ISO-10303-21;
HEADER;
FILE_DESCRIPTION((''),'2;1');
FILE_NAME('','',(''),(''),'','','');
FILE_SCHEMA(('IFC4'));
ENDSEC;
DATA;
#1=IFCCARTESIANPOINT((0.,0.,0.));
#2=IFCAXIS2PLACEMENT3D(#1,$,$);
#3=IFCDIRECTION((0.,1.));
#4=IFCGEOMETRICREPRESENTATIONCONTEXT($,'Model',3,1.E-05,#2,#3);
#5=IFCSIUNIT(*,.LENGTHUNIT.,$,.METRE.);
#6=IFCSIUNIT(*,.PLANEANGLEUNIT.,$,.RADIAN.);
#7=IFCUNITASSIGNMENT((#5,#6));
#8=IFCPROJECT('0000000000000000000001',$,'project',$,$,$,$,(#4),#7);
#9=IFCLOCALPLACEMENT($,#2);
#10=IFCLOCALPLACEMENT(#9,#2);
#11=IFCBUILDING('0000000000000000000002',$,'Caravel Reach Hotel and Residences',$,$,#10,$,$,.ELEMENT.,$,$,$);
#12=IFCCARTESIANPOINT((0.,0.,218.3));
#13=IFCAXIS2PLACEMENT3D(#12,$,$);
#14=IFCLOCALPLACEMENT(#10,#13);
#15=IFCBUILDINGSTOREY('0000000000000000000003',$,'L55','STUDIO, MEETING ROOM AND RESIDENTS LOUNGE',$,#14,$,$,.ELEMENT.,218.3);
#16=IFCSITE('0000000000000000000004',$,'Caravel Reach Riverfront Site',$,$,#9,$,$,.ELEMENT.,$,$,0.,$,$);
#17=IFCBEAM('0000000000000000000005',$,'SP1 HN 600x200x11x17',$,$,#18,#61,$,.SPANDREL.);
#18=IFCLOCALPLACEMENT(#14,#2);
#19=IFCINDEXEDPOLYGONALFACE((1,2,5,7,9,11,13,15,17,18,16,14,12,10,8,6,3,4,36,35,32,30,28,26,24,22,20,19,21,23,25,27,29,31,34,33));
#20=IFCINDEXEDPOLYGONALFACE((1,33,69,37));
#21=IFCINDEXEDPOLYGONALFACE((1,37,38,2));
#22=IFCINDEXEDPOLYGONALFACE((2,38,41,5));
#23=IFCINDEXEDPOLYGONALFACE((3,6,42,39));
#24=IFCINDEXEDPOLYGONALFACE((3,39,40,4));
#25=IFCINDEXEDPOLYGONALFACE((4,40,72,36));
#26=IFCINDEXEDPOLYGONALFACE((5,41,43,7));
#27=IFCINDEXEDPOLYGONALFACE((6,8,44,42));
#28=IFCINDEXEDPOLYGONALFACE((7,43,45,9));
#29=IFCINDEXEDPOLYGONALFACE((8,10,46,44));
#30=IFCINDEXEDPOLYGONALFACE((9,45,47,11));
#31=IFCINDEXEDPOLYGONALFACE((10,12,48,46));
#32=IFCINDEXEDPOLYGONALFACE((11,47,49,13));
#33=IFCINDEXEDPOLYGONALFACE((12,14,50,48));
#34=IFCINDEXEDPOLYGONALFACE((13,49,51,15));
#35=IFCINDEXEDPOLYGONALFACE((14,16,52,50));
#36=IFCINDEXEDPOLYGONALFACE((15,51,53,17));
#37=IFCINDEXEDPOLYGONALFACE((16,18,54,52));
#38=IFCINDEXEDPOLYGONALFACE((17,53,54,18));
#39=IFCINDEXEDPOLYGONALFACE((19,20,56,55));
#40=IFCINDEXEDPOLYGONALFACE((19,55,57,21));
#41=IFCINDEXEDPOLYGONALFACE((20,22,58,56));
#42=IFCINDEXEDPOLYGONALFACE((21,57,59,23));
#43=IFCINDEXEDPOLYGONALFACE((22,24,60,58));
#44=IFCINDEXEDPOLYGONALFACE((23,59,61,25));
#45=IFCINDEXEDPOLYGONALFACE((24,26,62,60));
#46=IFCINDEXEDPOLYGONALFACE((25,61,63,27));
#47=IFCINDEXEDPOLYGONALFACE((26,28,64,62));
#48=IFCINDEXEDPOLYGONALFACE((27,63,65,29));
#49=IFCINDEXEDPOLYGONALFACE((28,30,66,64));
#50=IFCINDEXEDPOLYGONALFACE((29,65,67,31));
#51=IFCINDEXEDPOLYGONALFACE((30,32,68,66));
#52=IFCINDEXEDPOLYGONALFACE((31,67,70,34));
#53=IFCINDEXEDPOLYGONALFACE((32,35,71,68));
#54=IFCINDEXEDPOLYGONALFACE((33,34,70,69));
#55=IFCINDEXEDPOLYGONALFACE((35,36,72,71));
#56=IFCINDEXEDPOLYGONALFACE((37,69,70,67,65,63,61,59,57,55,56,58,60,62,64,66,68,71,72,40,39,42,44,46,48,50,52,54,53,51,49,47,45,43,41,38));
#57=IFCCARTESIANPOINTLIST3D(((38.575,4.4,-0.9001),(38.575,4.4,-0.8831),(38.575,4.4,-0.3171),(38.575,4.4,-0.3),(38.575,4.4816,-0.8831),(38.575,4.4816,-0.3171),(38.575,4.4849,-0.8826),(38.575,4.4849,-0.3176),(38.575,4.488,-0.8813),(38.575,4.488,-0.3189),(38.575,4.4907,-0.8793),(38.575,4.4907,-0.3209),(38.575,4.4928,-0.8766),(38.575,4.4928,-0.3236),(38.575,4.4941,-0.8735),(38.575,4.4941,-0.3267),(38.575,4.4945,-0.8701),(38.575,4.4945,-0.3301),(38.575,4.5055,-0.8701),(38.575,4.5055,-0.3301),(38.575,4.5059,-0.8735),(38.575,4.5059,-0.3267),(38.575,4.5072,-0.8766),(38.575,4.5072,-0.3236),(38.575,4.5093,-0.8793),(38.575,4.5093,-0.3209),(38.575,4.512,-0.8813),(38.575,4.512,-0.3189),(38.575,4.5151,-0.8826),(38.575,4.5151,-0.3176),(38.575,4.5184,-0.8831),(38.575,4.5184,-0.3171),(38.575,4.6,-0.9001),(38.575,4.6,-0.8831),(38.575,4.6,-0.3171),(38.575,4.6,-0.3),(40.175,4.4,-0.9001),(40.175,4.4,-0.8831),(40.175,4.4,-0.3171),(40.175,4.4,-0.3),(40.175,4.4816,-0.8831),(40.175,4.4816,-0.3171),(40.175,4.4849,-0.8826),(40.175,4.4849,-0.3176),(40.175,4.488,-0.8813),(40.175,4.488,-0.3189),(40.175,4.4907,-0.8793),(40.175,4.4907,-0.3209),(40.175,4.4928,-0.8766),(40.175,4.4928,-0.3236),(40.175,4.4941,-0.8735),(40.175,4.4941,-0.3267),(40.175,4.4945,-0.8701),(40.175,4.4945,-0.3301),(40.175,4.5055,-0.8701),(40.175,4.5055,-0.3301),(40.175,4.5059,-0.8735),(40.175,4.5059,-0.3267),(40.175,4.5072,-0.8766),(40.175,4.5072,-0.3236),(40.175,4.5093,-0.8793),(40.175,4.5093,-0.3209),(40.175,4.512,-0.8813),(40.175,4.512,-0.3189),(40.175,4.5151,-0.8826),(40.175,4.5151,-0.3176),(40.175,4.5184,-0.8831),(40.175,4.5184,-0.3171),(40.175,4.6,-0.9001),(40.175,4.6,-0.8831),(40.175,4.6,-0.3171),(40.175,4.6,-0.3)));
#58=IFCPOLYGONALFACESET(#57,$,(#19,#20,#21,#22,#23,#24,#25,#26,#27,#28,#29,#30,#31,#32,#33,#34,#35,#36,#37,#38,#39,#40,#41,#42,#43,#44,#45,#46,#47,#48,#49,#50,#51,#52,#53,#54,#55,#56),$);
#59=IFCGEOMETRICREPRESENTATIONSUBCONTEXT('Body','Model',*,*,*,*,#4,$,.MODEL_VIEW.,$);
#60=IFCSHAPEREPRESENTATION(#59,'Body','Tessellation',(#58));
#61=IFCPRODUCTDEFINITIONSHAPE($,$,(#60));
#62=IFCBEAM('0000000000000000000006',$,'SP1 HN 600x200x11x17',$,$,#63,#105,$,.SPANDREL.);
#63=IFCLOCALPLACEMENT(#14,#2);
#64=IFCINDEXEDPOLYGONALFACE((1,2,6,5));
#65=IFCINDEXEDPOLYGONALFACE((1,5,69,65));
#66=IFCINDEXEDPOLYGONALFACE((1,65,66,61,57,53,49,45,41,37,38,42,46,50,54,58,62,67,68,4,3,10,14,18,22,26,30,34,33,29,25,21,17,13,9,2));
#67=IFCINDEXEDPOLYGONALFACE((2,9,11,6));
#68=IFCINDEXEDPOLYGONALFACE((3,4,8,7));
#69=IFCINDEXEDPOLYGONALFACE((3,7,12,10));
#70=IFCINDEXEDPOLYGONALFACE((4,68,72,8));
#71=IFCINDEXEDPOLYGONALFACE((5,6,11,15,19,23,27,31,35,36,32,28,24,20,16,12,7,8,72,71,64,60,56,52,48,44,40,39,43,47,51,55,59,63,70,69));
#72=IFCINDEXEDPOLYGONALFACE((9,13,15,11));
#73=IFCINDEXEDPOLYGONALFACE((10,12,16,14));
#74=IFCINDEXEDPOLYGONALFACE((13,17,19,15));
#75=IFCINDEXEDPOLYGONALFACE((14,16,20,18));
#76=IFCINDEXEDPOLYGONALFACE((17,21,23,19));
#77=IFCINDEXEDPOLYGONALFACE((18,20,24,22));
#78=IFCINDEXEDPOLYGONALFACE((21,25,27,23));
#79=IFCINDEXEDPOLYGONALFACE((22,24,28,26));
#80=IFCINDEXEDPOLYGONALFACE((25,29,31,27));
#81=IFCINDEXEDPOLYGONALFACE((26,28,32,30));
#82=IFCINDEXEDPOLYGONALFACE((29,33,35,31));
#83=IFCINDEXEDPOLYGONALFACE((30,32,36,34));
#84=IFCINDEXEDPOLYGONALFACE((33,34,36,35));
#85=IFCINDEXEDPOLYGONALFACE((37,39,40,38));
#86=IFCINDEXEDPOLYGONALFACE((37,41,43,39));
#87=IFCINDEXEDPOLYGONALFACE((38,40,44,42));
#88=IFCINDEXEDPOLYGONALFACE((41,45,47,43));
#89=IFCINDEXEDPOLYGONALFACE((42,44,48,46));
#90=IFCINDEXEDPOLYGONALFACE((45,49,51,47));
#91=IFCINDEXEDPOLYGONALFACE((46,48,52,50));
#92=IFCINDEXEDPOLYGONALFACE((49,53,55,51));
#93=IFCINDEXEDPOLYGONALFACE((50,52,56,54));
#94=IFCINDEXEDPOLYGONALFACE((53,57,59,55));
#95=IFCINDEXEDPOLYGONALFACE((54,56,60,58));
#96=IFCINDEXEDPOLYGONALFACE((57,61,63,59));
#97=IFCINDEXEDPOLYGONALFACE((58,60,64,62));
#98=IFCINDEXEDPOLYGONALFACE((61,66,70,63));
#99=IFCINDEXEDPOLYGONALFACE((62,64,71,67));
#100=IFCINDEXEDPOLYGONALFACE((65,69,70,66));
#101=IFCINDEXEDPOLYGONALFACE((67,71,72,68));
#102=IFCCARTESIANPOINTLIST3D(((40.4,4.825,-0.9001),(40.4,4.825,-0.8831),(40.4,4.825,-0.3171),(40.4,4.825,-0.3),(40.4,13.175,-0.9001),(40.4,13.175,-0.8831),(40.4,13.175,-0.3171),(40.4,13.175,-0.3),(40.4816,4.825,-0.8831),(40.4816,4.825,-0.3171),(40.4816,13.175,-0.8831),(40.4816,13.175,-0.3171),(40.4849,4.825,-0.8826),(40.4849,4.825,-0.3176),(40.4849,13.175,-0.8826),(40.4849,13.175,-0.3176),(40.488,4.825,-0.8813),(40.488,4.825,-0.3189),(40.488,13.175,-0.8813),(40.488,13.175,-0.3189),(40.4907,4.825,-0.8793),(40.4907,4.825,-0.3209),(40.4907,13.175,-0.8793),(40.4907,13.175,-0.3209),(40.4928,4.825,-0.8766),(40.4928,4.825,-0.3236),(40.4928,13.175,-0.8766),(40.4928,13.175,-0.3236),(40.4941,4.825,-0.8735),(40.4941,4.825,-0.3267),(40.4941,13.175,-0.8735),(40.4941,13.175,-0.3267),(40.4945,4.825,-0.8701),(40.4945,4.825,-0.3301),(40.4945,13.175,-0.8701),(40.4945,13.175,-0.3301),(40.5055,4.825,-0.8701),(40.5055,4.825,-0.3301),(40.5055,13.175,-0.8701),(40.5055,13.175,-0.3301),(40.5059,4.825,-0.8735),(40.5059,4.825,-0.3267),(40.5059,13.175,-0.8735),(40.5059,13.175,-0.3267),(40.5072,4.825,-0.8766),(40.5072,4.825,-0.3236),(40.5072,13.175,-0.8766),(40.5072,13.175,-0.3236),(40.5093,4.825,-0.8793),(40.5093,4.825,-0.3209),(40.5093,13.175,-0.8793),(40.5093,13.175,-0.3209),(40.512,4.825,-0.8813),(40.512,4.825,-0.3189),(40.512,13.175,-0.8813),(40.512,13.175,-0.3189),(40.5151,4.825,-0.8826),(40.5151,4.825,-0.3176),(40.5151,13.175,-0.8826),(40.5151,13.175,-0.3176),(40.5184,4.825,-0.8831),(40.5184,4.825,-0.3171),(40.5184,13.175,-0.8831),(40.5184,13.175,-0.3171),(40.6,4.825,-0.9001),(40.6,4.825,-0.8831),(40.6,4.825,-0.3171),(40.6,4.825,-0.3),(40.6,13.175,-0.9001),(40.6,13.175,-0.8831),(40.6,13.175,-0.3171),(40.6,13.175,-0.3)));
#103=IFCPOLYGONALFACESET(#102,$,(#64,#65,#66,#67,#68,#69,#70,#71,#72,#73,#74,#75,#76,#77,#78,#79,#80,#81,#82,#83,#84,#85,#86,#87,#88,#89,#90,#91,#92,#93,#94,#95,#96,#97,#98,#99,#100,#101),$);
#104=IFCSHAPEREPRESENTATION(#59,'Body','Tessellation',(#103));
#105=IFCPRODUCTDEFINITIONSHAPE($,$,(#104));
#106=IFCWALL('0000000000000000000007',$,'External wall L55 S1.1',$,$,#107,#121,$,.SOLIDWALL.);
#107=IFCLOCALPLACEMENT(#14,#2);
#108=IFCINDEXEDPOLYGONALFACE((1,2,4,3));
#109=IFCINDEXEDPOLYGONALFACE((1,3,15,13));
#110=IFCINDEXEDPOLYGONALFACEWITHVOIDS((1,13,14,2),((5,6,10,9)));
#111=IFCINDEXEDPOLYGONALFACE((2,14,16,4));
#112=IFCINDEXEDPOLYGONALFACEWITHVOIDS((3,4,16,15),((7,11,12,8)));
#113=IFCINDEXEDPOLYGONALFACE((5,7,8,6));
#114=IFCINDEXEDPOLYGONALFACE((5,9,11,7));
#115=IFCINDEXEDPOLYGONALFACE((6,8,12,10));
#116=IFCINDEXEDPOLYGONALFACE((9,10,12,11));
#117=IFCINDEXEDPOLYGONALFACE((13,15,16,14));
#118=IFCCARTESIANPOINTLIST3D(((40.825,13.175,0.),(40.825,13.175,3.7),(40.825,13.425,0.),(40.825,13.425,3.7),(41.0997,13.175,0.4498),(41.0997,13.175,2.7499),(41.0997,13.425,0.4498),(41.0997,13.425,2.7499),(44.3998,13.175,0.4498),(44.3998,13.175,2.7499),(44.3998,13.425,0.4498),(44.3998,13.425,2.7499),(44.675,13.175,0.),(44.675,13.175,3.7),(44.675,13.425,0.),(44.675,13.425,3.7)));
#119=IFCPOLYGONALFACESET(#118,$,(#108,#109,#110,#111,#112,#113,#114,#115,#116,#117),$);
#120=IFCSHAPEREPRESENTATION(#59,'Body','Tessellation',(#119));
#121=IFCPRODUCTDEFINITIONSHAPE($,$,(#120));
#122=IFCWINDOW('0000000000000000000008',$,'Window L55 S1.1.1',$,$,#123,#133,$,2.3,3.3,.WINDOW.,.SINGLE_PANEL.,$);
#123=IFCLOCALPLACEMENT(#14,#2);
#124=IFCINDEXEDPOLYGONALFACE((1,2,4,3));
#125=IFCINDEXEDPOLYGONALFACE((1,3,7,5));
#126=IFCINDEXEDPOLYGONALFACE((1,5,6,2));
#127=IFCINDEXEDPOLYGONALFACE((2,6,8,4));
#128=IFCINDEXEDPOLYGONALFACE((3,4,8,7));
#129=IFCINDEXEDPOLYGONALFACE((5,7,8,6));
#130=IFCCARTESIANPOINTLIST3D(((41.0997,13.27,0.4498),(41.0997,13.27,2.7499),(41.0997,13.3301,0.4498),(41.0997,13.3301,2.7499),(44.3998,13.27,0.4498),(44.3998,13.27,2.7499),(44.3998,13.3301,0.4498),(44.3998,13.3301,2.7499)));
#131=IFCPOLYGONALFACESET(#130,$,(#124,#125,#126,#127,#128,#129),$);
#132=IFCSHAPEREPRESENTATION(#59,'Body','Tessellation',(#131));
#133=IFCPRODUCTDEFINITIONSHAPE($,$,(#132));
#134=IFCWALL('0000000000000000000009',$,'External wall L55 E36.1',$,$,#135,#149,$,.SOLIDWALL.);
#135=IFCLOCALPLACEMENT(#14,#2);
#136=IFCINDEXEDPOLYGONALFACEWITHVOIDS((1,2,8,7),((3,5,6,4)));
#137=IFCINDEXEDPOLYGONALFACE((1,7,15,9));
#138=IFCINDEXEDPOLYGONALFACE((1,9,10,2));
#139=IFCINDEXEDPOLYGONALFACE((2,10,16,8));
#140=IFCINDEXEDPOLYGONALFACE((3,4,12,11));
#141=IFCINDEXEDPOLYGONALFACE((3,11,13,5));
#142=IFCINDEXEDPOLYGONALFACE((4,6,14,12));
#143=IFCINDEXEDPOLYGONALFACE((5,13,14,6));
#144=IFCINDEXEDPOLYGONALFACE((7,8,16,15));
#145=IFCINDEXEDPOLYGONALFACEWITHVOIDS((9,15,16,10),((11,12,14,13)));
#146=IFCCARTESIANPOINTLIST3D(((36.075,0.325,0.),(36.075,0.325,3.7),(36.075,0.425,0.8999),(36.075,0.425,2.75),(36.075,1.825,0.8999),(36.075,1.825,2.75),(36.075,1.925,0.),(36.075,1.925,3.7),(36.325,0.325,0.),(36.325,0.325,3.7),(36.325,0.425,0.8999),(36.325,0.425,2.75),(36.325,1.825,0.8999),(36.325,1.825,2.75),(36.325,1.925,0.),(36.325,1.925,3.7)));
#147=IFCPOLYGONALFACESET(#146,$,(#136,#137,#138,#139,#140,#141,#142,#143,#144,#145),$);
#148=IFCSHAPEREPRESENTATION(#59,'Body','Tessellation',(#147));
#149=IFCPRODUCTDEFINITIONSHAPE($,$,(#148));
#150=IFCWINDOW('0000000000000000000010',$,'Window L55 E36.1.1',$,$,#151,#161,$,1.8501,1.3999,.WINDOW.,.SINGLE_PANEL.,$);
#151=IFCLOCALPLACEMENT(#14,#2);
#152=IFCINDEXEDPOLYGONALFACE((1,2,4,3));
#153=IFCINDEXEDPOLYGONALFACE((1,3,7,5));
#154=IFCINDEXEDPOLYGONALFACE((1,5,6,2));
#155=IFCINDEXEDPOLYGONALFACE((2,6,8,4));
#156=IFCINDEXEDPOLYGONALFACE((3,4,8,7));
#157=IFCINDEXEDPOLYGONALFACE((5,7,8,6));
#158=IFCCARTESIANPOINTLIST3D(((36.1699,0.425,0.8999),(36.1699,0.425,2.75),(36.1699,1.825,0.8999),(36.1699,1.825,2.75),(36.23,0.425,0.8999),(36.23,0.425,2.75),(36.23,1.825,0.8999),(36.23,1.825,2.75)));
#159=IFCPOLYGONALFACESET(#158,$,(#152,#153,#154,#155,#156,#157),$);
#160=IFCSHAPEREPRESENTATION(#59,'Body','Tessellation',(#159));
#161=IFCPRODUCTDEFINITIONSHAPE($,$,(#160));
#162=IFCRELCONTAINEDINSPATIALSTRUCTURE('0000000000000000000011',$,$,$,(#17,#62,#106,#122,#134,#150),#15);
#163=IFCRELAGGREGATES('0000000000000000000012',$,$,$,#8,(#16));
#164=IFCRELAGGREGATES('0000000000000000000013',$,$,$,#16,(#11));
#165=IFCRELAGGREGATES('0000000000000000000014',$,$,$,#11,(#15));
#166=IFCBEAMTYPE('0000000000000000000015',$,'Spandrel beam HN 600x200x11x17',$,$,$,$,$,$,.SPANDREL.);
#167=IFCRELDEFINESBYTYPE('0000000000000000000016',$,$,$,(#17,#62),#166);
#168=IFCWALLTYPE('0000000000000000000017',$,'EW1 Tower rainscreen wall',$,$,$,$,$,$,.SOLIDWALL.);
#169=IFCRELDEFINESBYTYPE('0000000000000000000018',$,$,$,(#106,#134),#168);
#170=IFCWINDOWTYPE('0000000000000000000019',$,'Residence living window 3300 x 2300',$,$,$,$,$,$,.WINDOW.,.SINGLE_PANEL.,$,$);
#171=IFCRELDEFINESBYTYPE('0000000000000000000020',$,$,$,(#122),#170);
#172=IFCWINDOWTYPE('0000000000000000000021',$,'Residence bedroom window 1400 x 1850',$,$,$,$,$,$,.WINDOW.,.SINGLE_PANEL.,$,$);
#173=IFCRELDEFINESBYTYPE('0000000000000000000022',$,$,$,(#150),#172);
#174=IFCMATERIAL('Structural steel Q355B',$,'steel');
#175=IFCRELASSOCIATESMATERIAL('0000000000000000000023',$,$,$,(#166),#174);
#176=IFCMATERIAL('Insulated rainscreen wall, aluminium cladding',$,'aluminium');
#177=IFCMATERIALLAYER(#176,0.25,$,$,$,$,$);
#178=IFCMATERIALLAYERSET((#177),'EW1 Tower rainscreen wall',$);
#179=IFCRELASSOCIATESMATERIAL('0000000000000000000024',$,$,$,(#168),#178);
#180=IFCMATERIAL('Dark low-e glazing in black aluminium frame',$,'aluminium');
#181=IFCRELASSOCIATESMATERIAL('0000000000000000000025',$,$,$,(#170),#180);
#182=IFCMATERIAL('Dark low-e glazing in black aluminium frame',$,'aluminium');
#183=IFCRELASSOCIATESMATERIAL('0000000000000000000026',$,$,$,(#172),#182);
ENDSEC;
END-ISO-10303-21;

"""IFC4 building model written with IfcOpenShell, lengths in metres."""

from ifc_helpers import new_model, si_unit, direction, frame, frame_2d, origin, origin_2d, place, context, subcontext, project, spatial, rectangle, i_section, extrude, material, layer, layer_set, material_profile, profile_set, type_object, element, fill, save


model = new_model("IFC4")

# Units and contexts
model_context = context("Model", 3, precision=1e-05, world=origin(), true_north=direction((0.0, 1.0)))
body_context = subcontext(model_context, "Body", "Model", "MODEL_VIEW")
ifc_project = project(units=[si_unit("LENGTHUNIT", "METRE"), si_unit("PLANEANGLEUNIT", "RADIAN")], contexts=[model_context])

# Site, building, storey
site_placement = place(None, origin())
site = spatial("IfcSite", under=ifc_project, at=site_placement, Name="Caravel Reach Riverfront Site", CompositionType="ELEMENT", RefElevation=0.0)
building_placement = place(site_placement, origin())
building = spatial("IfcBuilding", under=site, at=building_placement, Name="Caravel Reach Hotel and Residences", CompositionType="ELEMENT")
storey_placement = place(building_placement, frame((0.0, 0.0, 218.3)))
storey = spatial("IfcBuildingStorey", under=building, at=storey_placement, Name="L55", Description="STUDIO, MEETING ROOM AND RESIDENTS LOUNGE", CompositionType="ELEMENT", Elevation=218.3)

# Beams
ifc_material_1 = material(Name="Structural steel Q355B", Category="steel")
ifc_material_profile_1 = material_profile(ifc_material_1, i_section(OverallWidth=0.2, OverallDepth=0.6001, WebThickness=0.011, FlangeThickness=0.0171, FilletRadius=0.0129, at=origin_2d()), Name="HN 600x200x11x17")
ifc_profile_set_1 = profile_set([ifc_material_profile_1], Name="Structural steel Q355B")
beam_type_1 = type_object("IfcBeamType", Name="Spandrel beam HN 600x200x11x17", PredefinedType="SPANDREL", material=ifc_profile_set_1)
for number, where, z_axis, x_axis, name in (
    (1, (38.575, 4.5, -0.6001), (1.0, 0.0, 0.0), (0.0, 1.0, 0.0), "SP1 HN 600x200x11x17"),
):
    element("IfcBeam", number, at=place(storey_placement, frame(where, z_axis=z_axis, x_axis=x_axis)), inside=storey, type_object=beam_type_1, Name=name, PredefinedType="SPANDREL", context=body_context, shape_type="SweptSolid", body=[
        extrude(i_section(OverallWidth=0.2, OverallDepth=0.6001, WebThickness=0.011, FlangeThickness=0.0171, FilletRadius=0.0129, at=origin_2d()), origin(), (0.0, 0.0, 1.0), 1.6001),
    ])
beam_1_placement = place(storey_placement, frame((40.5, 4.825, -0.6001), z_axis=(0.0, 1.0, 0.0), x_axis=(-1.0, 0.0, 0.0)))
element("IfcBeam", 2, at=beam_1_placement, inside=storey, type_object=beam_type_1, Name="SP1 HN 600x200x11x17", PredefinedType="SPANDREL", context=body_context, shape_type="SweptSolid", body=[
    extrude(i_section(OverallWidth=0.2, OverallDepth=0.6001, WebThickness=0.011, FlangeThickness=0.0171, FilletRadius=0.0129, at=origin_2d()), origin(), (0.0, 0.0, 1.0), 8.3501),
])

# Walls, openings, windows
ifc_material_2 = material(Name="Insulated rainscreen wall, aluminium cladding", Category="aluminium")
ifc_layer = layer(ifc_material_2, 0.25)
ifc_layer_set = layer_set([ifc_layer], Name="EW1 Tower rainscreen wall")
wall_type = type_object("IfcWallType", Name="EW1 Tower rainscreen wall", PredefinedType="SOLIDWALL", material=ifc_layer_set)
wall_1_placement = place(storey_placement, frame((40.825, 13.3, 0.0), z_axis=(0.0, 0.0, 1.0), x_axis=(1.0, 0.0, 0.0)))
wall_1 = element("IfcWall", 3, at=wall_1_placement, inside=storey, type_object=wall_type, Name="External wall L55 S1.1", PredefinedType="SOLIDWALL", context=body_context, shape_type="SweptSolid", body=[
    extrude(rectangle(XDim=3.8501, YDim=0.25, at=frame_2d((1.925, 0.0))), origin(), (0.0, 0.0, 1.0), 3.7),
])
opening_1_placement = place(wall_1_placement, frame((0.2749, 0.0, 0.45)))
opening_1 = element("IfcOpeningElement", 4, at=opening_1_placement, cuts=wall_1, PredefinedType="OPENING", context=body_context, shape_type="SweptSolid", body=[
    extrude(rectangle(XDim=3.3, YDim=2.3, at=frame_2d((1.6499, 1.1499))), frame((0.0, 0.135, 0.0), z_axis=(0.0, -1.0, 0.0), x_axis=(1.0, 0.0, 0.0)), (0.0, 0.0, 1.0), 0.27),
])
ifc_material_3 = material(Name="Dark low-e glazing in black aluminium frame", Category="aluminium")
window_type_1 = type_object("IfcWindowType", Name="Residence living window 3300 x 2300", PartitioningType="SINGLE_PANEL", PredefinedType="WINDOW", material=ifc_material_3)
window_1_placement = place(opening_1_placement, origin())
window_1 = element("IfcWindow", 5, at=window_1_placement, inside=storey, type_object=window_type_1, Name="Window L55 S1.1.1", OverallHeight=2.3, OverallWidth=3.3, PartitioningType="SINGLE_PANEL", PredefinedType="WINDOW", context=body_context, shape_type="SweptSolid", body=[
    extrude(rectangle(XDim=3.3, YDim=2.3, at=frame_2d((1.6499, 1.1499))), frame((0.0, 0.03, 0.0), z_axis=(0.0, -1.0, 0.0), x_axis=(1.0, 0.0, 0.0)), (0.0, 0.0, 1.0), 0.0601),
])
fill(opening_1, window_1)
wall_2_placement = place(storey_placement, frame((36.2, 0.325, 0.0), z_axis=(0.0, 0.0, 1.0), x_axis=(0.0, 1.0, 0.0)))
wall_2 = element("IfcWall", 6, at=wall_2_placement, inside=storey, type_object=wall_type, Name="External wall L55 E36.1", PredefinedType="SOLIDWALL", context=body_context, shape_type="SweptSolid", body=[
    extrude(rectangle(XDim=1.6001, YDim=0.25, at=frame_2d((0.8, 0.0))), origin(), (0.0, 0.0, 1.0), 3.7),
])
opening_2_placement = place(wall_2_placement, frame((0.1001, 0.0, 0.8999)))
opening_2 = element("IfcOpeningElement", 7, at=opening_2_placement, cuts=wall_2, PredefinedType="OPENING", context=body_context, shape_type="SweptSolid", body=[
    extrude(rectangle(XDim=1.3999, YDim=1.8501, at=frame_2d((0.7, 0.925))), frame((0.0, 0.135, 0.0), z_axis=(0.0, -1.0, 0.0), x_axis=(1.0, 0.0, 0.0)), (0.0, 0.0, 1.0), 0.27),
])
ifc_material_4 = material(Name="Dark low-e glazing in black aluminium frame", Category="aluminium")
window_type_2 = type_object("IfcWindowType", Name="Residence bedroom window 1400 x 1850", PartitioningType="SINGLE_PANEL", PredefinedType="WINDOW", material=ifc_material_4)
window_2_placement = place(opening_2_placement, origin())
window_2 = element("IfcWindow", 8, at=window_2_placement, inside=storey, type_object=window_type_2, Name="Window L55 E36.1.1", OverallHeight=1.8501, OverallWidth=1.3999, PartitioningType="SINGLE_PANEL", PredefinedType="WINDOW", context=body_context, shape_type="SweptSolid", body=[
    extrude(rectangle(XDim=1.3999, YDim=1.8501, at=frame_2d((0.7, 0.925))), frame((0.0, 0.03, 0.0), z_axis=(0.0, -1.0, 0.0), x_axis=(1.0, 0.0, 0.0)), (0.0, 0.0, 1.0), 0.0601),
])
fill(opening_2, window_2)

save(model, "model.ifc")
